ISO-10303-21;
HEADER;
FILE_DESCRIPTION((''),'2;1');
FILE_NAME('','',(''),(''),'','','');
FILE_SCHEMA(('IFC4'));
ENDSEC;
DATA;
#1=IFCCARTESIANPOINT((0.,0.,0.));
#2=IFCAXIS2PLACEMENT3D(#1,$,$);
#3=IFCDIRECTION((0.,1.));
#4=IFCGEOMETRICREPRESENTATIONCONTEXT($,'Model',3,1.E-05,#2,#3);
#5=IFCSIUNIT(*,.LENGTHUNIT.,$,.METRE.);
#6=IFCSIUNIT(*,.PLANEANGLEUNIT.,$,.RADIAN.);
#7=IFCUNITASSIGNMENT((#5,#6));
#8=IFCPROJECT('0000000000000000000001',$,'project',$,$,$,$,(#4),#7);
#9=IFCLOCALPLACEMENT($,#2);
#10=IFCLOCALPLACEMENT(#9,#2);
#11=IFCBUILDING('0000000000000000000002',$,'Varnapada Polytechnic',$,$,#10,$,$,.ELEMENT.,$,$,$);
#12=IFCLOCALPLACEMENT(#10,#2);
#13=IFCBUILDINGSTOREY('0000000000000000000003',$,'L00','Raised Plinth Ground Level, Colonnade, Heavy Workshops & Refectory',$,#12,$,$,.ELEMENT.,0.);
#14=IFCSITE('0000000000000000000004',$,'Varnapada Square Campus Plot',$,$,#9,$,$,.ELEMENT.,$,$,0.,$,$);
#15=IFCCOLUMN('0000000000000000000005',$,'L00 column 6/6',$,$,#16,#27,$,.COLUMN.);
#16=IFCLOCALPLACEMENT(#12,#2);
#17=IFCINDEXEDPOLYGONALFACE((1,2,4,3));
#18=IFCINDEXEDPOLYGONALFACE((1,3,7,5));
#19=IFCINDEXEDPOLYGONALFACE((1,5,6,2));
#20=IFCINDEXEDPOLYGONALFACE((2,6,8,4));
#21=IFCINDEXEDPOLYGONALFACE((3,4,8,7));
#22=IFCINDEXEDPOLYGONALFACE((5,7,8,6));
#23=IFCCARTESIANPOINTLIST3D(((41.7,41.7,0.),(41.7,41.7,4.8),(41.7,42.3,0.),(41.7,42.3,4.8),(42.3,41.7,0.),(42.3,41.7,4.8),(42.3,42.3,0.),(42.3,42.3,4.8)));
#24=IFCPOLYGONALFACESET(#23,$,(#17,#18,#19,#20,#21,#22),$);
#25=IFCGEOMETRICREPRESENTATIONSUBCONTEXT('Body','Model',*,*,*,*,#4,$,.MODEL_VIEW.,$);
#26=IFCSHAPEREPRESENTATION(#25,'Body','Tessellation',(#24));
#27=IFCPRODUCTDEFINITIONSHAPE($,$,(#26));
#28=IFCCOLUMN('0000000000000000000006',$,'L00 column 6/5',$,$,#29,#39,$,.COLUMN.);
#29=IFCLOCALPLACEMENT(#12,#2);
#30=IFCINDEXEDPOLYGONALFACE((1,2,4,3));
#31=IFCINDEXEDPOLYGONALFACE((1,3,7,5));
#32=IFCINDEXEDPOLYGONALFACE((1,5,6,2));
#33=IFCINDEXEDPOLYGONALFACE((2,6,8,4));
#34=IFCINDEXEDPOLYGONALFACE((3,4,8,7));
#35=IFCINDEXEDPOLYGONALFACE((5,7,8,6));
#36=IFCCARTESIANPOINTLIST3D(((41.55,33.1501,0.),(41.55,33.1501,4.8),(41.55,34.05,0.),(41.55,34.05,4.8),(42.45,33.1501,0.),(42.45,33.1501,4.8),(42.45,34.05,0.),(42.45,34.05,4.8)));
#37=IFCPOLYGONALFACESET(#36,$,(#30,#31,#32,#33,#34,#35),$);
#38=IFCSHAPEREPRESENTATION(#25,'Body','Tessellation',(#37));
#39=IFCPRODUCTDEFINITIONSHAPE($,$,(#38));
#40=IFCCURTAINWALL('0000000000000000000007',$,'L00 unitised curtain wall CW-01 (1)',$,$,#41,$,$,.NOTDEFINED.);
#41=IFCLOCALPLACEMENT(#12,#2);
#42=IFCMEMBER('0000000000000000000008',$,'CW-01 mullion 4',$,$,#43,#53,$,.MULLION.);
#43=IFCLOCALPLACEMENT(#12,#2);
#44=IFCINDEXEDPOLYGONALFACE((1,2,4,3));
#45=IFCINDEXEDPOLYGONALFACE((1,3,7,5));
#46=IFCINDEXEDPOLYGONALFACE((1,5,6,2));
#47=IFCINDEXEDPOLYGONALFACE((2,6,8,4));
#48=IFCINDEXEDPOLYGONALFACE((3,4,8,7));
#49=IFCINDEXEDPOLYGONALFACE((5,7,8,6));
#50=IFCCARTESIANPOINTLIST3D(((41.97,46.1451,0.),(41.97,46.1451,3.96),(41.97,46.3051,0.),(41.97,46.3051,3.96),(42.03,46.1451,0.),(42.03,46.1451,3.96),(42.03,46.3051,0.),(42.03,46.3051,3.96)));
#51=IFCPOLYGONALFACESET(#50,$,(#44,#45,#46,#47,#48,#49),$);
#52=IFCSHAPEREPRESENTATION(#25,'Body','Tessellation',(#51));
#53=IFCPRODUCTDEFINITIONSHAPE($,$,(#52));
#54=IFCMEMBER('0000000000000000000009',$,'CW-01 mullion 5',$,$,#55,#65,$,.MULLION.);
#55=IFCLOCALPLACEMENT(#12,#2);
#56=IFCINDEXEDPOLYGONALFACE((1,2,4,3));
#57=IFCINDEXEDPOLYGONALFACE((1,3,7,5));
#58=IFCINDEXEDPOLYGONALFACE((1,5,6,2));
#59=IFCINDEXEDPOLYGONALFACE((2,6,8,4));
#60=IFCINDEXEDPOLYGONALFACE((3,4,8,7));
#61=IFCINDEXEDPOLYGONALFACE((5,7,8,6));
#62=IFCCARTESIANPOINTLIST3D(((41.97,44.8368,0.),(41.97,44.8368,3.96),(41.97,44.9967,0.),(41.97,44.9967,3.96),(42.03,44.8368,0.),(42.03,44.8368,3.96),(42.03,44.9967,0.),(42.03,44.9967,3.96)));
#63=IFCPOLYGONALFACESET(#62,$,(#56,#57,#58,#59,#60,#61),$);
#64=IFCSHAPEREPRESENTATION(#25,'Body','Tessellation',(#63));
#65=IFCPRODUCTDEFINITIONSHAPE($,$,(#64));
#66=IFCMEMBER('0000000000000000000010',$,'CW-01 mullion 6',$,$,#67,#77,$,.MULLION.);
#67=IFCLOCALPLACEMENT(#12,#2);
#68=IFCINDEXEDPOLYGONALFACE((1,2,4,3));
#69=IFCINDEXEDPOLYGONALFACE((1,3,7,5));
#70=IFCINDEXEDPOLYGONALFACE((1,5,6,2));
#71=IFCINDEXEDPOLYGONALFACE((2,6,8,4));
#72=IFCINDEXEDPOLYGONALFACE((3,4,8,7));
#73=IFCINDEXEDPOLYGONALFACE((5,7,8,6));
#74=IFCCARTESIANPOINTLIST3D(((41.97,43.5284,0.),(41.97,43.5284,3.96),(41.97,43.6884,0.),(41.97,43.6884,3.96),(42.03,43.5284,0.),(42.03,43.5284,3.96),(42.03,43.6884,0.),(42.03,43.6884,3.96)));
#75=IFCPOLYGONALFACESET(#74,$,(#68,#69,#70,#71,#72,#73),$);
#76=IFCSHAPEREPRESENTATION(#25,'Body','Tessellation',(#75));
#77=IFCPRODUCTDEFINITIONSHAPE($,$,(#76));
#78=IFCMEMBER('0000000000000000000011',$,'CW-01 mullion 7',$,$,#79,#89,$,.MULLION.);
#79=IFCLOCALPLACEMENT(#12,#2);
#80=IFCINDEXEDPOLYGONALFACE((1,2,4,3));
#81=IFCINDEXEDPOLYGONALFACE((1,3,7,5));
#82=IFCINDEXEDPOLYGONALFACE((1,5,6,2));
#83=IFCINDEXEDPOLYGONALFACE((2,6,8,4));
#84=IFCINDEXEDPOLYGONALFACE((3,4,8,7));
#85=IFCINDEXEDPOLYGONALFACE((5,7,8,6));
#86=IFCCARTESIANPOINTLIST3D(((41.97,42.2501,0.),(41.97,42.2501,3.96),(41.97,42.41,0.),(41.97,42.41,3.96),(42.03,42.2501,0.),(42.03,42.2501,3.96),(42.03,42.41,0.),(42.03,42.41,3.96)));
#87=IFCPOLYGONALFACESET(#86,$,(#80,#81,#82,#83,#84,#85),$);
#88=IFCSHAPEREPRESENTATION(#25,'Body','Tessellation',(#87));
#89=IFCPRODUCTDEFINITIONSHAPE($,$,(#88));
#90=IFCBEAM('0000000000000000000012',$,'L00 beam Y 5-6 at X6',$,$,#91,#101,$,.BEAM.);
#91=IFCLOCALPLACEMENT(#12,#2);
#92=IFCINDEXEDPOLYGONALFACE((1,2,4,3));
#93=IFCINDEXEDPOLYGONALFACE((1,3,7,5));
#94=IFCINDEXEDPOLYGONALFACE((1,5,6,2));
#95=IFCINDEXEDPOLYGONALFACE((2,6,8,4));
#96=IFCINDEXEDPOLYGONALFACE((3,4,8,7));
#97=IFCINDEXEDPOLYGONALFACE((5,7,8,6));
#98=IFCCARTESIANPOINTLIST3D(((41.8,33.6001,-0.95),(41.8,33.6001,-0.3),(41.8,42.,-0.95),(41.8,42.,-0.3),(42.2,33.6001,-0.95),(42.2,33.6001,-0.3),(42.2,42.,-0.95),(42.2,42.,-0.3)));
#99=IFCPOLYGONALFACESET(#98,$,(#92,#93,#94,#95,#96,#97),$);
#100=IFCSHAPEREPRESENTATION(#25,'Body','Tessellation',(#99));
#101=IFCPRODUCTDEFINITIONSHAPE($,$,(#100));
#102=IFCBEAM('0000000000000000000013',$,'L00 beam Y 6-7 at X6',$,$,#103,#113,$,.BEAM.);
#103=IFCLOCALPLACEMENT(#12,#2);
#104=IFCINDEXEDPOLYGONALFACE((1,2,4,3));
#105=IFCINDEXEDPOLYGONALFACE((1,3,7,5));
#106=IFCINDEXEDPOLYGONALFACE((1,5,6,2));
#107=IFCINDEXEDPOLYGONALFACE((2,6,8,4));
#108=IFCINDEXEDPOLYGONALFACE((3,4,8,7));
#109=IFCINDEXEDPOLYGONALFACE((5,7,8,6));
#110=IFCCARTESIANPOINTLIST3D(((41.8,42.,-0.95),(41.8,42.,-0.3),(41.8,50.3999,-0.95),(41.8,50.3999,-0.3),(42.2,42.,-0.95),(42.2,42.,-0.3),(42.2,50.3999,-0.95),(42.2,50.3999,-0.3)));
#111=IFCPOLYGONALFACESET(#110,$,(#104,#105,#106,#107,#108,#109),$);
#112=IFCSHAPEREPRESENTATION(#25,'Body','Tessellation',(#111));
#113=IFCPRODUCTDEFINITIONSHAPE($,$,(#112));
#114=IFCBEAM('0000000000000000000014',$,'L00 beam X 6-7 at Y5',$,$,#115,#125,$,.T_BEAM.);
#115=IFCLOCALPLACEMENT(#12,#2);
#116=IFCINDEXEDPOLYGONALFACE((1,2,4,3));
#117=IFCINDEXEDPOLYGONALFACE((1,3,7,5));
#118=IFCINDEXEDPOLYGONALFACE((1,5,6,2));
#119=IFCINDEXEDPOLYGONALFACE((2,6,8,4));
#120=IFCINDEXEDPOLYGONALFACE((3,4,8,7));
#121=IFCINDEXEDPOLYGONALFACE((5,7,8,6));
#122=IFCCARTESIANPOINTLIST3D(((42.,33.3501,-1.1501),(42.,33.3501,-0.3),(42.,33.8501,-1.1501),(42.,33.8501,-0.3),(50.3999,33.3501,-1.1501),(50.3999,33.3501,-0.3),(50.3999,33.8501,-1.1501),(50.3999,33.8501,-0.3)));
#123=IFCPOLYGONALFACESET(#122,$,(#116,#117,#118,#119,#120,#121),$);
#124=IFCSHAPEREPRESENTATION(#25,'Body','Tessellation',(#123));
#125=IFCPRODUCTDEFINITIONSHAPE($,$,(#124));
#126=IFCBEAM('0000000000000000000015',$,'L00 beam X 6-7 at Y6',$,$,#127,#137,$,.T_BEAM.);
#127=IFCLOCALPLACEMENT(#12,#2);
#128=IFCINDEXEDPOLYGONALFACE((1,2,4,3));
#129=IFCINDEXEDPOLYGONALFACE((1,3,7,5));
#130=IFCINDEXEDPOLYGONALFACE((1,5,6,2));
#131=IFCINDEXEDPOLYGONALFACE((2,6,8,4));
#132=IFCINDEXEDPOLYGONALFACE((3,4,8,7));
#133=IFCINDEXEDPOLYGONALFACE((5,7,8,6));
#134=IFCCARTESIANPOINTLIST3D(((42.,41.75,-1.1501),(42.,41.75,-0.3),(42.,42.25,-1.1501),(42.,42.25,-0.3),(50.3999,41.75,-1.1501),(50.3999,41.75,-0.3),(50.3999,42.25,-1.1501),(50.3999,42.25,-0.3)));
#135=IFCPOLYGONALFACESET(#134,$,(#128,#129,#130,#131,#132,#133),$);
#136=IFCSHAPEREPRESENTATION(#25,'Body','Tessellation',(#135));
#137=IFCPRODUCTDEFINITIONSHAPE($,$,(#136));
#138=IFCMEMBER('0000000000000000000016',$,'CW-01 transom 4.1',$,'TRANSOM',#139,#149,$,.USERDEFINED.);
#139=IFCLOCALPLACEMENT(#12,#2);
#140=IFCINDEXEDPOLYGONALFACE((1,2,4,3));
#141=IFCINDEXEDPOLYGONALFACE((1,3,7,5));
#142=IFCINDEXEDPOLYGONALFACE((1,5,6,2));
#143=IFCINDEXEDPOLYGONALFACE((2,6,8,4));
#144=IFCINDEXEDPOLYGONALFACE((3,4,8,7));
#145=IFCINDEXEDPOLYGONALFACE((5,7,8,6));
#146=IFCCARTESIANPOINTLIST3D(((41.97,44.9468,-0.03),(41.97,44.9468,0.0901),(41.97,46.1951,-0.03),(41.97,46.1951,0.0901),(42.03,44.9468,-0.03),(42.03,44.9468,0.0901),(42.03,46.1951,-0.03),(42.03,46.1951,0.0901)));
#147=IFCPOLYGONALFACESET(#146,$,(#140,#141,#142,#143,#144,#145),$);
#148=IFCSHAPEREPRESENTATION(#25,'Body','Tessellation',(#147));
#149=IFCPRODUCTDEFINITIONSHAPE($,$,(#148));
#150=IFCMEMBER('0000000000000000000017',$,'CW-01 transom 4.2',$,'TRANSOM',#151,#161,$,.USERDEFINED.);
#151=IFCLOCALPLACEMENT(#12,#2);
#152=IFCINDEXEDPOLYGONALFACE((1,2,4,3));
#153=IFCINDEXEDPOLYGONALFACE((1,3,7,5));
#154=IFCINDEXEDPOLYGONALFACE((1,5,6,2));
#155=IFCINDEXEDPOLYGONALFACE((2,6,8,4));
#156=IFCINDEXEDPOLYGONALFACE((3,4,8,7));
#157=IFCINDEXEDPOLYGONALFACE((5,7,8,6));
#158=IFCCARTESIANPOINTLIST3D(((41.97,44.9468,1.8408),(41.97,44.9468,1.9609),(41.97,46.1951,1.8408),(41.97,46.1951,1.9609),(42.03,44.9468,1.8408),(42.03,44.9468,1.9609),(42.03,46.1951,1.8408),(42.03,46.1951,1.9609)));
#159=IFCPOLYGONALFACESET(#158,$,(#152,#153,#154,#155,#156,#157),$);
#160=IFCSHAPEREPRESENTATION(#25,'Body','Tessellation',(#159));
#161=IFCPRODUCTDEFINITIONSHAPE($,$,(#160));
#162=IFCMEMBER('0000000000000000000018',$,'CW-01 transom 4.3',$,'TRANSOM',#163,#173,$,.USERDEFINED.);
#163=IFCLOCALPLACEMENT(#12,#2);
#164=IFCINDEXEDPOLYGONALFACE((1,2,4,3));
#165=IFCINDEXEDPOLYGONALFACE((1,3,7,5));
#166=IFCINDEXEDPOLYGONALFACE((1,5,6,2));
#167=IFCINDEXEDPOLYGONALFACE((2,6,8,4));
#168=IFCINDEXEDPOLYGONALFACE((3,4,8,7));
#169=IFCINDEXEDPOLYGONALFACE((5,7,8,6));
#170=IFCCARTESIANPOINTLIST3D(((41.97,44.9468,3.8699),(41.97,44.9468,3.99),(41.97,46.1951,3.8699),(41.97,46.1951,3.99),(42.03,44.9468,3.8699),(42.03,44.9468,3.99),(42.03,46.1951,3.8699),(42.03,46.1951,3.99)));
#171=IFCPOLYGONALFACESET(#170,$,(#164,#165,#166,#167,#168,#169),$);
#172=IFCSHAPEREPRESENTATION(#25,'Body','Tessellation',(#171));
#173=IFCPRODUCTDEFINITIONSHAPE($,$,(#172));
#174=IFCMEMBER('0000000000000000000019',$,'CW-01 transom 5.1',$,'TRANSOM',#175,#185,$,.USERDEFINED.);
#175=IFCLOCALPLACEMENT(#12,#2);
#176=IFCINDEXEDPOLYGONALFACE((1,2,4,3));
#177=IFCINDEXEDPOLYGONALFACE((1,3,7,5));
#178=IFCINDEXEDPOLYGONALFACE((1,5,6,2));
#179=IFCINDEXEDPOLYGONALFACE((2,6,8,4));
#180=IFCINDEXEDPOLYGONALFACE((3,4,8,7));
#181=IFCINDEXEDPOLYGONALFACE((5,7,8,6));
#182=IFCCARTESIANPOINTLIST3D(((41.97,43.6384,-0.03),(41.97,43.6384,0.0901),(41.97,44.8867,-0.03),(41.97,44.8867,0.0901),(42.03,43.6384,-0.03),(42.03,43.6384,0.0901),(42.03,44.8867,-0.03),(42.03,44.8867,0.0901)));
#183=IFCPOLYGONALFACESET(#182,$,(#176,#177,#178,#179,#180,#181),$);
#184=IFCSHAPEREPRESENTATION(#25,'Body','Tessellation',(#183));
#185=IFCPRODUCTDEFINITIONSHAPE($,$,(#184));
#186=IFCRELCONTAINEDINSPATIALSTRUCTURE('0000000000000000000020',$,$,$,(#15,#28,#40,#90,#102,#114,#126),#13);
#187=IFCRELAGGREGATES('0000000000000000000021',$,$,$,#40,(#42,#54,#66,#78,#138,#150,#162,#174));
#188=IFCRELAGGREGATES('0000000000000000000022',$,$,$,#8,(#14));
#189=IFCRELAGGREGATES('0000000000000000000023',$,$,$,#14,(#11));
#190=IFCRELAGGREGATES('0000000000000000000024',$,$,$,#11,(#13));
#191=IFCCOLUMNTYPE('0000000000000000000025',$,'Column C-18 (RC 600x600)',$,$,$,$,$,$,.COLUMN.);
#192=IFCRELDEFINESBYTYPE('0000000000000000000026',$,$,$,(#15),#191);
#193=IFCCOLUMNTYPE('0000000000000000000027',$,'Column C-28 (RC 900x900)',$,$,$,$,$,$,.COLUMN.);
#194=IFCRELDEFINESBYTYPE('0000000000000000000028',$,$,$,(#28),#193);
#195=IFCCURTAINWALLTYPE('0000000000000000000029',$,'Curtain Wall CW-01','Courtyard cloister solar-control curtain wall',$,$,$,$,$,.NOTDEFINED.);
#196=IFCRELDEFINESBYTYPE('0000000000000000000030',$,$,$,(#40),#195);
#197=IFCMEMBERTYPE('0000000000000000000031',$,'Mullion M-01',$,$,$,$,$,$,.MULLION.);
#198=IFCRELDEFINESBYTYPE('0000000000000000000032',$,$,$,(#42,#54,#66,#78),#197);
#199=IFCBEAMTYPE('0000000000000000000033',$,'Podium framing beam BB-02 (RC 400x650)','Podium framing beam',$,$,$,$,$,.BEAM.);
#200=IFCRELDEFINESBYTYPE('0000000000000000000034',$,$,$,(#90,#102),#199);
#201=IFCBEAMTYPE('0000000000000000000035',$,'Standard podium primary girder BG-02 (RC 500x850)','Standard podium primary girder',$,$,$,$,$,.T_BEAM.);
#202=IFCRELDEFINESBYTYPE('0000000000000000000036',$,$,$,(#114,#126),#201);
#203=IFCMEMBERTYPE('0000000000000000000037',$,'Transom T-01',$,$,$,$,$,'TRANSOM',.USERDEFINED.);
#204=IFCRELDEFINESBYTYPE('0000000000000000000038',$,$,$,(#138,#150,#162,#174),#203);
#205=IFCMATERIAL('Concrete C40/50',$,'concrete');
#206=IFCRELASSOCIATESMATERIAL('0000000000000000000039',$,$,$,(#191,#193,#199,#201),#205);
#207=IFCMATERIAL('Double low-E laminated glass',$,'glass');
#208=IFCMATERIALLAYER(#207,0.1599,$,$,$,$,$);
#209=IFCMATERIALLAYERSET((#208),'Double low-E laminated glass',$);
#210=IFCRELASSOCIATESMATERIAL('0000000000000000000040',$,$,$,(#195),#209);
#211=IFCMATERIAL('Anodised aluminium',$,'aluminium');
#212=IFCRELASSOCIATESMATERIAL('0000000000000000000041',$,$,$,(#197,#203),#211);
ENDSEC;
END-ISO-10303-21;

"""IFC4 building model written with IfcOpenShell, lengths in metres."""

from ifc_helpers import new_model, si_unit, direction, frame, origin, origin_2d, place, context, subcontext, project, spatial, rectangle, extrude, material, layer, layer_set, material_profile, profile_set, type_object, element, aggregate, save


model = new_model("IFC4")

# Units and contexts
model_context = context("Model", 3, precision=1e-05, world=origin(), true_north=direction((0.0, 1.0)))
body_context = subcontext(model_context, "Body", "Model", "MODEL_VIEW")
ifc_project = project(units=[si_unit("LENGTHUNIT", "METRE"), si_unit("PLANEANGLEUNIT", "RADIAN")], contexts=[model_context])

# Site, building, storey
site_placement = place(None, origin())
site = spatial("IfcSite", under=ifc_project, at=site_placement, Name="Varnapada Square Campus Plot", CompositionType="ELEMENT", RefElevation=0.0)
building_placement = place(site_placement, origin())
building = spatial("IfcBuilding", under=site, at=building_placement, Name="Varnapada Polytechnic", CompositionType="ELEMENT")
storey_placement = place(building_placement, origin())
storey = spatial("IfcBuildingStorey", under=building, at=storey_placement, Name="L00", Description="Raised Plinth Ground Level, Colonnade, Heavy Workshops & Refectory", CompositionType="ELEMENT", Elevation=0.0)

# Columns
ifc_material_1 = material(Name="Concrete C40/50", Category="concrete")
ifc_material_profile_1 = material_profile(ifc_material_1, rectangle(XDim=0.6001, YDim=0.6001, at=origin_2d()), Name="RC 600x600")
ifc_profile_set_1 = profile_set([ifc_material_profile_1], Name="Concrete C40/50")
column_type_1 = type_object("IfcColumnType", Name="Column C-18 (RC 600x600)", PredefinedType="COLUMN", material=ifc_profile_set_1)
column_1_placement = place(storey_placement, frame((42.0, 42.0, 0.0), z_axis=(0.0, 0.0, 1.0), x_axis=(1.0, 0.0, 0.0)))
element("IfcColumn", 1, at=column_1_placement, inside=storey, type_object=column_type_1, Name="L00 column 6/6", PredefinedType="COLUMN", context=body_context, shape_type="SweptSolid", body=[
    extrude(rectangle(XDim=0.6001, YDim=0.6001, at=origin_2d()), origin(), (0.0, 0.0, 1.0), 4.8),
])
ifc_material_profile_2 = material_profile(ifc_material_1, rectangle(XDim=0.8999, YDim=0.8999, at=origin_2d()), Name="RC 900x900")
ifc_profile_set_2 = profile_set([ifc_material_profile_2], Name="Concrete C40/50")
column_type_2 = type_object("IfcColumnType", Name="Column C-28 (RC 900x900)", PredefinedType="COLUMN", material=ifc_profile_set_2)
column_2_placement = place(storey_placement, frame((42.0, 33.6001, 0.0), z_axis=(0.0, 0.0, 1.0), x_axis=(1.0, 0.0, 0.0)))
element("IfcColumn", 2, at=column_2_placement, inside=storey, type_object=column_type_2, Name="L00 column 6/5", PredefinedType="COLUMN", context=body_context, shape_type="SweptSolid", body=[
    extrude(rectangle(XDim=0.8999, YDim=0.8999, at=origin_2d()), origin(), (0.0, 0.0, 1.0), 4.8),
])

# Curtain wall, members
ifc_material_2 = material(Name="Double low-E laminated glass", Category="glass")
ifc_layer_1 = layer(ifc_material_2, 0.1599)
ifc_layer_set_1 = layer_set([ifc_layer_1], Name="Double low-E laminated glass")
curtain_wall_type = type_object("IfcCurtainWallType", Name="Curtain Wall CW-01", Description="Courtyard cloister solar-control curtain wall", PredefinedType="NOTDEFINED", material=ifc_layer_set_1)
curtain_wall_placement = place(storey_placement, origin())
curtain_wall = element("IfcCurtainWall", 3, at=curtain_wall_placement, inside=storey, type_object=curtain_wall_type, Name="L00 unitised curtain wall CW-01 (1)", PredefinedType="NOTDEFINED")
ifc_material_3 = material(Name="Anodised aluminium", Category="aluminium")
ifc_material_profile_3 = material_profile(ifc_material_3, rectangle(XDim=0.0601, YDim=0.1599, at=origin_2d()), Name="ALU M60x160")
ifc_profile_set_3 = profile_set([ifc_material_profile_3], Name="Anodised aluminium")
member_type_1 = type_object("IfcMemberType", Name="Mullion M-01", PredefinedType="MULLION", material=ifc_profile_set_3)
member_1_placement = place(storey_placement, frame((42.0, 46.2251, 0.0), z_axis=(0.0, 0.0, 1.0), x_axis=(1.0, 0.0, 0.0)))
member_1 = element("IfcMember", 4, at=member_1_placement, type_object=member_type_1, Name="CW-01 mullion 4", PredefinedType="MULLION", context=body_context, shape_type="SweptSolid", body=[
    extrude(rectangle(XDim=0.0601, YDim=0.1599, at=origin_2d()), origin(), (0.0, 0.0, 1.0), 3.96),
])
member_2_placement = place(storey_placement, frame((42.0, 44.9167, 0.0), z_axis=(0.0, 0.0, 1.0), x_axis=(1.0, 0.0, 0.0)))
member_2 = element("IfcMember", 5, at=member_2_placement, type_object=member_type_1, Name="CW-01 mullion 5", PredefinedType="MULLION", context=body_context, shape_type="SweptSolid", body=[
    extrude(rectangle(XDim=0.0601, YDim=0.1599, at=origin_2d()), origin(), (0.0, 0.0, 1.0), 3.96),
])
member_3_placement = place(storey_placement, frame((42.0, 43.6084, 0.0), z_axis=(0.0, 0.0, 1.0), x_axis=(1.0, 0.0, 0.0)))
member_3 = element("IfcMember", 6, at=member_3_placement, type_object=member_type_1, Name="CW-01 mullion 6", PredefinedType="MULLION", context=body_context, shape_type="SweptSolid", body=[
    extrude(rectangle(XDim=0.0601, YDim=0.1599, at=origin_2d()), origin(), (0.0, 0.0, 1.0), 3.96),
])
member_4_placement = place(storey_placement, frame((42.0, 42.3301, 0.0), z_axis=(0.0, 0.0, 1.0), x_axis=(1.0, 0.0, 0.0)))
member_4 = element("IfcMember", 7, at=member_4_placement, type_object=member_type_1, Name="CW-01 mullion 7", PredefinedType="MULLION", context=body_context, shape_type="SweptSolid", body=[
    extrude(rectangle(XDim=0.0601, YDim=0.1599, at=origin_2d()), origin(), (0.0, 0.0, 1.0), 3.96),
])

# Beams
ifc_material_profile_4 = material_profile(ifc_material_1, rectangle(XDim=0.3999, YDim=0.6499, at=origin_2d()), Name="RC 400x650")
ifc_profile_set_4 = profile_set([ifc_material_profile_4], Name="Concrete C40/50")
beam_type_1 = type_object("IfcBeamType", Name="Podium framing beam BB-02 (RC 400x650)", Description="Podium framing beam", PredefinedType="BEAM", material=ifc_profile_set_4)
for number, where, z_axis, x_axis, name in (
    (8, (42.0, 33.6001, -0.625), (0.0, 1.0, 0.0), (-1.0, 0.0, 0.0), "L00 beam Y 5-6 at X6"),
    (9, (42.0, 42.0, -0.625), (0.0, 1.0, 0.0), (-1.0, 0.0, 0.0), "L00 beam Y 6-7 at X6"),
):
    element("IfcBeam", number, at=place(storey_placement, frame(where, z_axis=z_axis, x_axis=x_axis)), inside=storey, type_object=beam_type_1, Name=name, PredefinedType="BEAM", context=body_context, shape_type="SweptSolid", body=[
        extrude(rectangle(XDim=0.3999, YDim=0.6499, at=origin_2d()), origin(), (0.0, 0.0, 1.0), 8.3999),
    ])
ifc_material_profile_5 = material_profile(ifc_material_1, rectangle(XDim=0.5, YDim=0.8501, at=origin_2d()), Name="RC 500x850")
ifc_profile_set_5 = profile_set([ifc_material_profile_5], Name="Concrete C40/50")
beam_type_2 = type_object("IfcBeamType", Name="Standard podium primary girder BG-02 (RC 500x850)", Description="Standard podium primary girder", PredefinedType="T_BEAM", material=ifc_profile_set_5)
for number, where, z_axis, x_axis, name in (
    (10, (42.0, 33.6001, -0.7251), (1.0, 0.0, 0.0), (0.0, 1.0, 0.0), "L00 beam X 6-7 at Y5"),
    (11, (42.0, 42.0, -0.7251), (1.0, 0.0, 0.0), (0.0, 1.0, 0.0), "L00 beam X 6-7 at Y6"),
):
    element("IfcBeam", number, at=place(storey_placement, frame(where, z_axis=z_axis, x_axis=x_axis)), inside=storey, type_object=beam_type_2, Name=name, PredefinedType="T_BEAM", context=body_context, shape_type="SweptSolid", body=[
        extrude(rectangle(XDim=0.5, YDim=0.8501, at=origin_2d()), origin(), (0.0, 0.0, 1.0), 8.3999),
    ])

# Members
ifc_material_profile_6 = material_profile(ifc_material_3, rectangle(XDim=0.0601, YDim=0.1201, at=origin_2d()), Name="ALU T60x120")
ifc_profile_set_6 = profile_set([ifc_material_profile_6], Name="Anodised aluminium")
member_type_2 = type_object("IfcMemberType", Name="Transom T-01", ElementType="TRANSOM", PredefinedType="USERDEFINED", material=ifc_profile_set_6)
member_5_placement = place(storey_placement, frame((42.0, 46.1951, 0.03), z_axis=(0.0, -1.0, 0.0), x_axis=(1.0, 0.0, 0.0)))
member_5 = element("IfcMember", 12, at=member_5_placement, type_object=member_type_2, Name="CW-01 transom 4.1", ObjectType="TRANSOM", PredefinedType="USERDEFINED", context=body_context, shape_type="SweptSolid", body=[
    extrude(rectangle(XDim=0.0601, YDim=0.1201, at=origin_2d()), origin(), (0.0, 0.0, 1.0), 1.2483),
])
member_6_placement = place(storey_placement, frame((42.0, 46.1951, 1.9009), z_axis=(0.0, -1.0, 0.0), x_axis=(1.0, 0.0, 0.0)))
member_6 = element("IfcMember", 13, at=member_6_placement, type_object=member_type_2, Name="CW-01 transom 4.2", ObjectType="TRANSOM", PredefinedType="USERDEFINED", context=body_context, shape_type="SweptSolid", body=[
    extrude(rectangle(XDim=0.0601, YDim=0.1201, at=origin_2d()), origin(), (0.0, 0.0, 1.0), 1.2483),
])
member_7_placement = place(storey_placement, frame((42.0, 46.1951, 3.9299), z_axis=(0.0, -1.0, 0.0), x_axis=(1.0, 0.0, 0.0)))
member_7 = element("IfcMember", 14, at=member_7_placement, type_object=member_type_2, Name="CW-01 transom 4.3", ObjectType="TRANSOM", PredefinedType="USERDEFINED", context=body_context, shape_type="SweptSolid", body=[
    extrude(rectangle(XDim=0.0601, YDim=0.1201, at=origin_2d()), origin(), (0.0, 0.0, 1.0), 1.2483),
])
member_8_placement = place(storey_placement, frame((42.0, 44.8867, 0.03), z_axis=(0.0, -1.0, 0.0), x_axis=(1.0, 0.0, 0.0)))
member_8 = element("IfcMember", 15, at=member_8_placement, type_object=member_type_2, Name="CW-01 transom 5.1", ObjectType="TRANSOM", PredefinedType="USERDEFINED", context=body_context, shape_type="SweptSolid", body=[
    extrude(rectangle(XDim=0.0601, YDim=0.1201, at=origin_2d()), origin(), (0.0, 0.0, 1.0), 1.2483),
])

aggregate(curtain_wall, [member_1, member_2, member_3, member_4, member_5, member_6, member_7, member_8])

save(model, "model.ifc")
